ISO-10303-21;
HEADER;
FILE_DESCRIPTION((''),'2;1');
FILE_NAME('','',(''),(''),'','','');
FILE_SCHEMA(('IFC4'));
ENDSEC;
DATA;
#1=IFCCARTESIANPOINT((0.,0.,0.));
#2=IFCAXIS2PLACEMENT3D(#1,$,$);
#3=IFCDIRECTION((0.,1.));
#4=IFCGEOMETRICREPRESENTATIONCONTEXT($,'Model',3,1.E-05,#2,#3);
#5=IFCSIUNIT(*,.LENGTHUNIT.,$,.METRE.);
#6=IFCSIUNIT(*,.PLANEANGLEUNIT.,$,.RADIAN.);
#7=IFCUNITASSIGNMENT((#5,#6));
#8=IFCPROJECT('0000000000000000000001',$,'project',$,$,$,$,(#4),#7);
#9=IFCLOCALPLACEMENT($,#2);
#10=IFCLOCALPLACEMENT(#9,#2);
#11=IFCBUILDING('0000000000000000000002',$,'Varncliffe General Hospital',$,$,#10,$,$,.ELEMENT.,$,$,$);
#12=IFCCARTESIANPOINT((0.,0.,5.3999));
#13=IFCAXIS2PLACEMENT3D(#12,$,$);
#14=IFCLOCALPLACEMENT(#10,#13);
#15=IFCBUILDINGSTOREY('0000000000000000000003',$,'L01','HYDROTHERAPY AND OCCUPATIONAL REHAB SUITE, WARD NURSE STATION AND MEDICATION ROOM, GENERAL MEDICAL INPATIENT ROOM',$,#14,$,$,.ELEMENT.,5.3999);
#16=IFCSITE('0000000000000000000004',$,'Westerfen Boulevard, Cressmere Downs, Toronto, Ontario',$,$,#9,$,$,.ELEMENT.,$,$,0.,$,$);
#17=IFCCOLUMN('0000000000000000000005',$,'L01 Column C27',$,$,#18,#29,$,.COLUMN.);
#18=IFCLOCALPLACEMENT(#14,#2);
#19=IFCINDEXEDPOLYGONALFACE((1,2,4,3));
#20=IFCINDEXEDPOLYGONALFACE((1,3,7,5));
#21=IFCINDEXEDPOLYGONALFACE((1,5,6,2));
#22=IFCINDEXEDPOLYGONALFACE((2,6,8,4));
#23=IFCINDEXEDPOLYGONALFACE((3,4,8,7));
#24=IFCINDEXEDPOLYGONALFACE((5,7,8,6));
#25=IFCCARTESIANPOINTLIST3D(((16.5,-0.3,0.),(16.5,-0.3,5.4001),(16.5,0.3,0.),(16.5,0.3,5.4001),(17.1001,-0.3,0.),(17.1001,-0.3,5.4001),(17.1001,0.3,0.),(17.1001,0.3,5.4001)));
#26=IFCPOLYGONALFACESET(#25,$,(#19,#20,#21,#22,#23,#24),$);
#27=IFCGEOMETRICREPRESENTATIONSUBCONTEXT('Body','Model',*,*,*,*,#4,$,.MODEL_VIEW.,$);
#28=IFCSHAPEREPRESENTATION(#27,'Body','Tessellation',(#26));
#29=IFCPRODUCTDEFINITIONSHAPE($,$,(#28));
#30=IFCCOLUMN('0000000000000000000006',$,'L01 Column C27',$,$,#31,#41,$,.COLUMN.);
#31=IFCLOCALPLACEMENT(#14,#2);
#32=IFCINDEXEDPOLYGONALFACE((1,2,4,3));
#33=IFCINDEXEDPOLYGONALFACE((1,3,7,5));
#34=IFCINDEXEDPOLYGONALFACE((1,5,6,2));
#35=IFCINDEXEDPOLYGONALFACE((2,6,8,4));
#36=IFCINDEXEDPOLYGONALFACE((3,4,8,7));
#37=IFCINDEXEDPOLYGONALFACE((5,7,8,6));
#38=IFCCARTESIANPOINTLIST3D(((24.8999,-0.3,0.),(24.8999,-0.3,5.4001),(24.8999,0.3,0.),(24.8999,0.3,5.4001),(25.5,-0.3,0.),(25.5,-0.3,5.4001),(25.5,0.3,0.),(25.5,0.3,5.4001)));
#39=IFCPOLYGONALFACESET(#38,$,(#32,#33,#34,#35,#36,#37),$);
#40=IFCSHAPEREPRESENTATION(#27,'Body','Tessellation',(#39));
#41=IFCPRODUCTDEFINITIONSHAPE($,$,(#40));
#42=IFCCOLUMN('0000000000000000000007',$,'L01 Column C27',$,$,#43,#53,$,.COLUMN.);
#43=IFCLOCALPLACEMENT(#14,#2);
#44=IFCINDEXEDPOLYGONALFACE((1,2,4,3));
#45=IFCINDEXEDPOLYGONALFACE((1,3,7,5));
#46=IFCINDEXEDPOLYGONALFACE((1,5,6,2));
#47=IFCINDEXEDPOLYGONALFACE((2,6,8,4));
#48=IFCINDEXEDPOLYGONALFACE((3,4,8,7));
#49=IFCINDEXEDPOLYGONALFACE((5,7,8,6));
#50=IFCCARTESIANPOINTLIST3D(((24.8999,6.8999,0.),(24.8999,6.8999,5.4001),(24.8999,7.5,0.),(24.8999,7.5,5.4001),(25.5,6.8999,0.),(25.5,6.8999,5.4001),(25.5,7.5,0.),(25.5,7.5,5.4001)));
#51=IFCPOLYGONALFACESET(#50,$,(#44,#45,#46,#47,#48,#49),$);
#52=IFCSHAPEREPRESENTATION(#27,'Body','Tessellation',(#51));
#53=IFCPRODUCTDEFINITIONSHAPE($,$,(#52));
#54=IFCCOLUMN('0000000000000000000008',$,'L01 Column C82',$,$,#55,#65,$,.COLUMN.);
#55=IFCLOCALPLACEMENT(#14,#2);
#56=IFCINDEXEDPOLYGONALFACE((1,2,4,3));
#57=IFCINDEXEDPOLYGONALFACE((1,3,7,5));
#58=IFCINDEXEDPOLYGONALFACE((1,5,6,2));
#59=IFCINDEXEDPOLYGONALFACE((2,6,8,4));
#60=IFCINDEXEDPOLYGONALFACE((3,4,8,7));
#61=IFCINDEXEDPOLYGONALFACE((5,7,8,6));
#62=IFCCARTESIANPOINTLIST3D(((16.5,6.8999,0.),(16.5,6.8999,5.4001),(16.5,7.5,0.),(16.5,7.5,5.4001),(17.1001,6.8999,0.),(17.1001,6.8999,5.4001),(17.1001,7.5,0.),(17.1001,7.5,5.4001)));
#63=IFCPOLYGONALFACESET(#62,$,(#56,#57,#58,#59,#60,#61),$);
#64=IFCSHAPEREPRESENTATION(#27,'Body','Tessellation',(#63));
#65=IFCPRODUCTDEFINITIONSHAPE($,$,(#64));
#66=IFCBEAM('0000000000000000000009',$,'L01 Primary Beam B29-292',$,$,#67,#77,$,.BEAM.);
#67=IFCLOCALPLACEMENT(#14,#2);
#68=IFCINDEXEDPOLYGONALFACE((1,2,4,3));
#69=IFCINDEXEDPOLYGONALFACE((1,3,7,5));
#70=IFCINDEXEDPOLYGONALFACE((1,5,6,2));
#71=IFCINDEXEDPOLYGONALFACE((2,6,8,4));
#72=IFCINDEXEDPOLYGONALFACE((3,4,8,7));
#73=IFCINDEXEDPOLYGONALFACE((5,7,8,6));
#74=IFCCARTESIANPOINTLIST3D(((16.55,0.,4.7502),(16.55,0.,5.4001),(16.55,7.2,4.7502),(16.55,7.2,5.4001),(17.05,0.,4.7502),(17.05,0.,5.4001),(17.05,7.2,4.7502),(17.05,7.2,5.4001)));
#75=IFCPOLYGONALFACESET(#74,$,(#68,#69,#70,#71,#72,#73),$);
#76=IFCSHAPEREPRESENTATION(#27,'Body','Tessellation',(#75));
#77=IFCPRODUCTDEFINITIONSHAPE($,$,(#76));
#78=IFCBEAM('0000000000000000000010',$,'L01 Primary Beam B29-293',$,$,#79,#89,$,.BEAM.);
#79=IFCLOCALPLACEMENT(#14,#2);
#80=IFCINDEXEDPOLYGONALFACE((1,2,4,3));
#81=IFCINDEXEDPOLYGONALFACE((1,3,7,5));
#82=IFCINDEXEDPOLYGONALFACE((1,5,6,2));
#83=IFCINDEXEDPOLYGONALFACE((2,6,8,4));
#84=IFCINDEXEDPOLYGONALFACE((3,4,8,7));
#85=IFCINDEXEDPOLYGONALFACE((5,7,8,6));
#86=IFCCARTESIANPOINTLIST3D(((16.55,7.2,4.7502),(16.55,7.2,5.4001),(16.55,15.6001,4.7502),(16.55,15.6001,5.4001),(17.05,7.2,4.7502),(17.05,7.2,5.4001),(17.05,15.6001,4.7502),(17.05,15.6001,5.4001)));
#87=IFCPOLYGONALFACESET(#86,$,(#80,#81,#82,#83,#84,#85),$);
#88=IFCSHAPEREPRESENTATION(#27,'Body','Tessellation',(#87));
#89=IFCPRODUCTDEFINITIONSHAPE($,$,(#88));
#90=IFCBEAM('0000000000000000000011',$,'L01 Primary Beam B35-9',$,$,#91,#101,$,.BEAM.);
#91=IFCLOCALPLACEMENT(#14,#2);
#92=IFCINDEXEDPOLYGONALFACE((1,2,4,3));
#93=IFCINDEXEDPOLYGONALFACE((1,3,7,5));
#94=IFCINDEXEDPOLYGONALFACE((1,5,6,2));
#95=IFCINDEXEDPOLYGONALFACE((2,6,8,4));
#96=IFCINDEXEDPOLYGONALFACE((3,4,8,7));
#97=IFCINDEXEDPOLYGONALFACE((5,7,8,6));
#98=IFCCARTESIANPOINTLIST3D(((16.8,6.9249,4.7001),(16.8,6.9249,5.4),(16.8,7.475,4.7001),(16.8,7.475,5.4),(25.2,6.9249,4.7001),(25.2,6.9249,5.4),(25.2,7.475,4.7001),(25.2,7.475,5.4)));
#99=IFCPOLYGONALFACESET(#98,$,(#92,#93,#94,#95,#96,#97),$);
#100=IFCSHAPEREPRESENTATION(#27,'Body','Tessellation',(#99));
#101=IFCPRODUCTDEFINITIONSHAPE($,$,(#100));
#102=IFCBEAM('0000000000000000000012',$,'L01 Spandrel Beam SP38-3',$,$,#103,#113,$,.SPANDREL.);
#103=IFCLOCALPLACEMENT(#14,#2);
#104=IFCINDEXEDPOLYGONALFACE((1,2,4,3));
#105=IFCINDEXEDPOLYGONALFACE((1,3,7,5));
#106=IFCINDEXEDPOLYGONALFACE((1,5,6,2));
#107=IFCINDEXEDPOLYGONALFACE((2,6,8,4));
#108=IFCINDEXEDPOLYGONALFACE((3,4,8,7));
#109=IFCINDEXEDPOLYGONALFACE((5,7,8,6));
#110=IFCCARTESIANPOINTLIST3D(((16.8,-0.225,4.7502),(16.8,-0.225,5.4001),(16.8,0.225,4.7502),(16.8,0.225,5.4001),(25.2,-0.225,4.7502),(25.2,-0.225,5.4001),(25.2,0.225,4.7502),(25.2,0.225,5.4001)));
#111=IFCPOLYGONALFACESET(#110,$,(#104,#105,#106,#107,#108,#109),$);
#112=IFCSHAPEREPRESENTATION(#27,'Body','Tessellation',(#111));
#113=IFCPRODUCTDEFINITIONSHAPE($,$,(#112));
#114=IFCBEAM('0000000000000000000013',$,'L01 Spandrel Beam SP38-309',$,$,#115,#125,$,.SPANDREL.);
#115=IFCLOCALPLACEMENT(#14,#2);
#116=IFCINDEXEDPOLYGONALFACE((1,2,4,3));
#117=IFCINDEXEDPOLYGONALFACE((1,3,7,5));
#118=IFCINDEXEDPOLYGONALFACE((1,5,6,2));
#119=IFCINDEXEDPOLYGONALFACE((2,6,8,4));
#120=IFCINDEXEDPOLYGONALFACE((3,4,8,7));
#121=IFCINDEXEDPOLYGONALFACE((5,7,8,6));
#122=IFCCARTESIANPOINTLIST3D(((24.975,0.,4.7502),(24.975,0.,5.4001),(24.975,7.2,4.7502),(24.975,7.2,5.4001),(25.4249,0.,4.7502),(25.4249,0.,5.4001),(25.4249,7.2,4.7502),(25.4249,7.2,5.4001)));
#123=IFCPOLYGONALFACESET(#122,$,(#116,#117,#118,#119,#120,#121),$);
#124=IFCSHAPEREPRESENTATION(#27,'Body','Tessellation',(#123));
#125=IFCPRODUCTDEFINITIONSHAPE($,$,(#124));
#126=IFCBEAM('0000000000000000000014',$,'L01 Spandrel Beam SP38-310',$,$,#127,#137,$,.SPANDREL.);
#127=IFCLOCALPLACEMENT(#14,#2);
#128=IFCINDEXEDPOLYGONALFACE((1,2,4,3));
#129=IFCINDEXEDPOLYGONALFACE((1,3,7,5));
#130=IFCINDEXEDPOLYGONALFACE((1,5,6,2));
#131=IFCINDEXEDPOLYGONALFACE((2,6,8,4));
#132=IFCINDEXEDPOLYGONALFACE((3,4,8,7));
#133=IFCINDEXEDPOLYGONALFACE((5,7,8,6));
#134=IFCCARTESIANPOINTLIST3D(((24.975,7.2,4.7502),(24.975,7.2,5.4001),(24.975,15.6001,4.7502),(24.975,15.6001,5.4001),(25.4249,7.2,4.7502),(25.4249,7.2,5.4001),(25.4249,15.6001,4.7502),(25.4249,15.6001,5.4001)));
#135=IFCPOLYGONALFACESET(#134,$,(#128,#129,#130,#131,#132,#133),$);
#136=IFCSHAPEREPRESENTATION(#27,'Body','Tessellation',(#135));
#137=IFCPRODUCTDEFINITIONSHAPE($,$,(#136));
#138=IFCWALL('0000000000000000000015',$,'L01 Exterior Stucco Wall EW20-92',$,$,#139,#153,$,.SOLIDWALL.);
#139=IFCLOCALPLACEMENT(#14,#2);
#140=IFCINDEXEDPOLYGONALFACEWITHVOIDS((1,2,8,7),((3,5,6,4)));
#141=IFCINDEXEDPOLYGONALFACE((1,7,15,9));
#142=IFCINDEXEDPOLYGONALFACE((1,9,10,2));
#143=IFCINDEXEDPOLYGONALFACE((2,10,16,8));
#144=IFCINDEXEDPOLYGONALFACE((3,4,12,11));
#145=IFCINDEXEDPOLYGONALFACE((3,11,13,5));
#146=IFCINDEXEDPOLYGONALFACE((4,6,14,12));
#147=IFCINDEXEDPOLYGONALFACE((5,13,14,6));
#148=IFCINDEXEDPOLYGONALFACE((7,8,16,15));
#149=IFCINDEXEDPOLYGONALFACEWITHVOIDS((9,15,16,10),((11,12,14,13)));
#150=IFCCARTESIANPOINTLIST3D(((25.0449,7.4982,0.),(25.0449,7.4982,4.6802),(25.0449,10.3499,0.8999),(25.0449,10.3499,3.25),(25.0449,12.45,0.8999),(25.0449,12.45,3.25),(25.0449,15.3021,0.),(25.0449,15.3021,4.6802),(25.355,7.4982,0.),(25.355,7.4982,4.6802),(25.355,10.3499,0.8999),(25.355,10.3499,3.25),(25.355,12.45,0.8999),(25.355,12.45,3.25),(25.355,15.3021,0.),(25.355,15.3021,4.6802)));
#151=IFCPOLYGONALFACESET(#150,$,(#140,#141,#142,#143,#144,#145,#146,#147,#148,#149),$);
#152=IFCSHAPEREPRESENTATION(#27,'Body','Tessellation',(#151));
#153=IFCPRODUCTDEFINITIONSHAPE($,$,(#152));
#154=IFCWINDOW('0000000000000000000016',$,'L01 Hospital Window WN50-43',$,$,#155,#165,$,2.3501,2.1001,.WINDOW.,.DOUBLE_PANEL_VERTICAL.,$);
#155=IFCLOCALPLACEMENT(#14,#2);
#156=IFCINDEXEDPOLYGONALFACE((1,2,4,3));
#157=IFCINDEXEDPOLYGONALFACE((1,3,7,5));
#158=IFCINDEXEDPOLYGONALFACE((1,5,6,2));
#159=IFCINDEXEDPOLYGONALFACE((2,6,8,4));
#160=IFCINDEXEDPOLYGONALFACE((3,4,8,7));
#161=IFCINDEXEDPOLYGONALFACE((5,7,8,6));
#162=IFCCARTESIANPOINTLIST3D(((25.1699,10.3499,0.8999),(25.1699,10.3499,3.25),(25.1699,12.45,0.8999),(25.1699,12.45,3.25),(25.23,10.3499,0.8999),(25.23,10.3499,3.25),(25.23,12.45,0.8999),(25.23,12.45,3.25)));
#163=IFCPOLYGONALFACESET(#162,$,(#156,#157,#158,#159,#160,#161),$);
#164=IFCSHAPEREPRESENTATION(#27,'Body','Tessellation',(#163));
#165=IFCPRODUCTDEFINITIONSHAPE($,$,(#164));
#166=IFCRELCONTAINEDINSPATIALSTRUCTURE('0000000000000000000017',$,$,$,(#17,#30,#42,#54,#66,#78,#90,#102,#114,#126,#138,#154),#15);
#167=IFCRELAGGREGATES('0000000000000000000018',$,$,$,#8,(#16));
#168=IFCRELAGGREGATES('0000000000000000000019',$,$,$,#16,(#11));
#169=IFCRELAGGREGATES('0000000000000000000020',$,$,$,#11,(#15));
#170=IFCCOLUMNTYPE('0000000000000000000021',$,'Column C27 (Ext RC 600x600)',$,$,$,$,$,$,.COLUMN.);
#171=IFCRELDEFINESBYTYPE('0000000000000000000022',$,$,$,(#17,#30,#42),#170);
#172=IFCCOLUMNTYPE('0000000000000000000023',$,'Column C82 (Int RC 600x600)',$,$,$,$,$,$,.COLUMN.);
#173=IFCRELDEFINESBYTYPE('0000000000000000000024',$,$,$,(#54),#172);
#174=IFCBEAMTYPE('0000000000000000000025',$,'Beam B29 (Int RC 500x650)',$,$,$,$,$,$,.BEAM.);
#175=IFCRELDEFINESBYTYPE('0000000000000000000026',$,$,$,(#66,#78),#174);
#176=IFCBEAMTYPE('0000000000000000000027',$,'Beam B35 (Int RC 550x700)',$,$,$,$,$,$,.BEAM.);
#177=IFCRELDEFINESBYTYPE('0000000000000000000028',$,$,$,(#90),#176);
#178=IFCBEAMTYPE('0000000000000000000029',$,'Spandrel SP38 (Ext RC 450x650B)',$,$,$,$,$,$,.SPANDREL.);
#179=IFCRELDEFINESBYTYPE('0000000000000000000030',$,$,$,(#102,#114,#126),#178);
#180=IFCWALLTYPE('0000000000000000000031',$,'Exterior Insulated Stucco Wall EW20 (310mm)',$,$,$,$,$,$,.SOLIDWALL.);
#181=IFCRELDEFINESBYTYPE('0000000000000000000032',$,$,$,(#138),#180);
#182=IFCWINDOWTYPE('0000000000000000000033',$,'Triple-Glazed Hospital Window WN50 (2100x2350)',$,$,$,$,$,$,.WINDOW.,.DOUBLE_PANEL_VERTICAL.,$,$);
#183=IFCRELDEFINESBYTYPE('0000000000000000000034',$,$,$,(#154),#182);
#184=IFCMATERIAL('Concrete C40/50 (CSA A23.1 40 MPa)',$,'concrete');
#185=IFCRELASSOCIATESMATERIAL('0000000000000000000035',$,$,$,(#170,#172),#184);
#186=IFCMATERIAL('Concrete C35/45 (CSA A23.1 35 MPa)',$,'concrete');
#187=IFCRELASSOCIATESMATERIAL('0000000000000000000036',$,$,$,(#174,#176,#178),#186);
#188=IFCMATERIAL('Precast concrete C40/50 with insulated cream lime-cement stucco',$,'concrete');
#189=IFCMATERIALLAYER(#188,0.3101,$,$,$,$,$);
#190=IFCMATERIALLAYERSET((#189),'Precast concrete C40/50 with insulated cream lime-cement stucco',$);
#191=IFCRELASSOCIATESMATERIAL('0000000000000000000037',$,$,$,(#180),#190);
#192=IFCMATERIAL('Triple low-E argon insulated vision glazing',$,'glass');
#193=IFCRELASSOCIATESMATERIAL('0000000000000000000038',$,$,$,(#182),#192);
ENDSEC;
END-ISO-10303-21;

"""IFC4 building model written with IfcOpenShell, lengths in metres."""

from ifc_helpers import new_model, si_unit, direction, frame, frame_2d, origin, origin_2d, place, context, subcontext, project, spatial, rectangle, extrude, material, layer, layer_set, material_profile, profile_set, type_object, element, fill, save


model = new_model("IFC4")

# Units and contexts
model_context = context("Model", 3, precision=1e-05, world=origin(), true_north=direction((0.0, 1.0)))
body_context = subcontext(model_context, "Body", "Model", "MODEL_VIEW")
ifc_project = project(units=[si_unit("LENGTHUNIT", "METRE"), si_unit("PLANEANGLEUNIT", "RADIAN")], contexts=[model_context])

# Site, building, storey
site_placement = place(None, origin())
site = spatial("IfcSite", under=ifc_project, at=site_placement, Name="Westerfen Boulevard, Cressmere Downs, Toronto, Ontario", CompositionType="ELEMENT", RefElevation=0.0)
building_placement = place(site_placement, origin())
building = spatial("IfcBuilding", under=site, at=building_placement, Name="Varncliffe General Hospital", CompositionType="ELEMENT")
storey_placement = place(building_placement, frame((0.0, 0.0, 5.3999)))
storey = spatial("IfcBuildingStorey", under=building, at=storey_placement, Name="L01", Description="HYDROTHERAPY AND OCCUPATIONAL REHAB SUITE, WARD NURSE STATION AND MEDICATION ROOM, GENERAL MEDICAL INPATIENT ROOM", CompositionType="ELEMENT", Elevation=5.3999)

# Columns
ifc_material_1 = material(Name="Concrete C40/50 (CSA A23.1 40 MPa)", Category="concrete")
ifc_material_profile_1 = material_profile(ifc_material_1, rectangle(XDim=0.6001, YDim=0.6001, at=origin_2d()), Name="RC 600x600")
ifc_profile_set_1 = profile_set([ifc_material_profile_1], Name="Concrete C40/50 (CSA A23.1 40 MPa)")
column_type_1 = type_object("IfcColumnType", Name="Column C27 (Ext RC 600x600)", PredefinedType="COLUMN", material=ifc_profile_set_1)
for number, where, z_axis, x_axis, name in (
    (1, (16.8, 0.0, 0.0), (0.0, 0.0, 1.0), (1.0, 0.0, 0.0), "L01 Column C27"),
    (2, (25.2, 0.0, 0.0), (0.0, 0.0, 1.0), (1.0, 0.0, 0.0), "L01 Column C27"),
    (3, (25.2, 7.2, 0.0), (0.0, 0.0, 1.0), (1.0, 0.0, 0.0), "L01 Column C27"),
):
    element("IfcColumn", number, at=place(storey_placement, frame(where, z_axis=z_axis, x_axis=x_axis)), inside=storey, type_object=column_type_1, Name=name, PredefinedType="COLUMN", context=body_context, shape_type="SweptSolid", body=[
        extrude(rectangle(XDim=0.6001, YDim=0.6001, at=origin_2d()), origin(), (0.0, 0.0, 1.0), 5.4001),
    ])
ifc_material_profile_2 = material_profile(ifc_material_1, rectangle(XDim=0.6001, YDim=0.6001, at=origin_2d()), Name="RC 600x600")
ifc_profile_set_2 = profile_set([ifc_material_profile_2], Name="Concrete C40/50 (CSA A23.1 40 MPa)")
column_type_2 = type_object("IfcColumnType", Name="Column C82 (Int RC 600x600)", PredefinedType="COLUMN", material=ifc_profile_set_2)
column_placement = place(storey_placement, frame((16.8, 7.2, 0.0), z_axis=(0.0, 0.0, 1.0), x_axis=(1.0, 0.0, 0.0)))
element("IfcColumn", 4, at=column_placement, inside=storey, type_object=column_type_2, Name="L01 Column C82", PredefinedType="COLUMN", context=body_context, shape_type="SweptSolid", body=[
    extrude(rectangle(XDim=0.6001, YDim=0.6001, at=origin_2d()), origin(), (0.0, 0.0, 1.0), 5.4001),
])

# Beams
ifc_material_2 = material(Name="Concrete C35/45 (CSA A23.1 35 MPa)", Category="concrete")
ifc_material_profile_3 = material_profile(ifc_material_2, rectangle(XDim=0.5, YDim=0.6499, at=origin_2d()), Name="RC 500x650")
ifc_profile_set_3 = profile_set([ifc_material_profile_3], Name="Concrete C35/45 (CSA A23.1 35 MPa)")
beam_type_1 = type_object("IfcBeamType", Name="Beam B29 (Int RC 500x650)", PredefinedType="BEAM", material=ifc_profile_set_3)
beam_1_placement = place(storey_placement, frame((16.8, 0.0, 5.0752), z_axis=(0.0, 1.0, 0.0), x_axis=(-1.0, 0.0, 0.0)))
element("IfcBeam", 5, at=beam_1_placement, inside=storey, type_object=beam_type_1, Name="L01 Primary Beam B29-292", PredefinedType="BEAM", context=body_context, shape_type="SweptSolid", body=[
    extrude(rectangle(XDim=0.5, YDim=0.6499, at=origin_2d()), origin(), (0.0, 0.0, 1.0), 7.2),
])
beam_2_placement = place(storey_placement, frame((16.8, 7.2, 5.0752), z_axis=(0.0, 1.0, 0.0), x_axis=(-1.0, 0.0, 0.0)))
element("IfcBeam", 6, at=beam_2_placement, inside=storey, type_object=beam_type_1, Name="L01 Primary Beam B29-293", PredefinedType="BEAM", context=body_context, shape_type="SweptSolid", body=[
    extrude(rectangle(XDim=0.5, YDim=0.6499, at=origin_2d()), origin(), (0.0, 0.0, 1.0), 8.4001),
])
ifc_material_profile_4 = material_profile(ifc_material_2, rectangle(XDim=0.55, YDim=0.7, at=origin_2d()), Name="RC 550x700")
ifc_profile_set_4 = profile_set([ifc_material_profile_4], Name="Concrete C35/45 (CSA A23.1 35 MPa)")
beam_type_2 = type_object("IfcBeamType", Name="Beam B35 (Int RC 550x700)", PredefinedType="BEAM", material=ifc_profile_set_4)
beam_3_placement = place(storey_placement, frame((16.8, 7.2, 5.05), z_axis=(1.0, 0.0, 0.0), x_axis=(0.0, 1.0, 0.0)))
element("IfcBeam", 7, at=beam_3_placement, inside=storey, type_object=beam_type_2, Name="L01 Primary Beam B35-9", PredefinedType="BEAM", context=body_context, shape_type="SweptSolid", body=[
    extrude(rectangle(XDim=0.55, YDim=0.7, at=origin_2d()), origin(), (0.0, 0.0, 1.0), 8.3999),
])
ifc_material_profile_5 = material_profile(ifc_material_2, rectangle(XDim=0.45, YDim=0.6499, at=origin_2d()), Name="RC 450x650")
ifc_profile_set_5 = profile_set([ifc_material_profile_5], Name="Concrete C35/45 (CSA A23.1 35 MPa)")
beam_type_3 = type_object("IfcBeamType", Name="Spandrel SP38 (Ext RC 450x650B)", PredefinedType="SPANDREL", material=ifc_profile_set_5)
beam_4_placement = place(storey_placement, frame((16.8, 0.0, 5.0752), z_axis=(1.0, 0.0, 0.0), x_axis=(0.0, 1.0, 0.0)))
element("IfcBeam", 8, at=beam_4_placement, inside=storey, type_object=beam_type_3, Name="L01 Spandrel Beam SP38-3", PredefinedType="SPANDREL", context=body_context, shape_type="SweptSolid", body=[
    extrude(rectangle(XDim=0.45, YDim=0.6499, at=origin_2d()), origin(), (0.0, 0.0, 1.0), 8.3999),
])
beam_5_placement = place(storey_placement, frame((25.2, 0.0, 5.0752), z_axis=(0.0, 1.0, 0.0), x_axis=(-1.0, 0.0, 0.0)))
element("IfcBeam", 9, at=beam_5_placement, inside=storey, type_object=beam_type_3, Name="L01 Spandrel Beam SP38-309", PredefinedType="SPANDREL", context=body_context, shape_type="SweptSolid", body=[
    extrude(rectangle(XDim=0.45, YDim=0.6499, at=origin_2d()), origin(), (0.0, 0.0, 1.0), 7.2),
])
beam_6_placement = place(storey_placement, frame((25.2, 7.2, 5.0752), z_axis=(0.0, 1.0, 0.0), x_axis=(-1.0, 0.0, 0.0)))
element("IfcBeam", 10, at=beam_6_placement, inside=storey, type_object=beam_type_3, Name="L01 Spandrel Beam SP38-310", PredefinedType="SPANDREL", context=body_context, shape_type="SweptSolid", body=[
    extrude(rectangle(XDim=0.45, YDim=0.6499, at=origin_2d()), origin(), (0.0, 0.0, 1.0), 8.4001),
])

# Wall, opening, window
ifc_material_3 = material(Name="Precast concrete C40/50 with insulated cream lime-cement stucco", Category="concrete")
ifc_layer_1 = layer(ifc_material_3, 0.3101)
ifc_layer_set_1 = layer_set([ifc_layer_1], Name="Precast concrete C40/50 with insulated cream lime-cement stucco")
wall_type_1 = type_object("IfcWallType", Name="Exterior Insulated Stucco Wall EW20 (310mm)", PredefinedType="SOLIDWALL", material=ifc_layer_set_1)
wall_1_placement = place(storey_placement, frame((25.2, 15.302, 0.0), z_axis=(0.0, 0.0, 1.0), x_axis=(0.0, -1.0, 0.0)))
wall_1 = element("IfcWall", 11, at=wall_1_placement, inside=storey, type_object=wall_type_1, Name="L01 Exterior Stucco Wall EW20-92", PredefinedType="SOLIDWALL", context=body_context, shape_type="SweptSolid", body=[
    extrude(rectangle(XDim=7.804, YDim=0.3101, at=frame_2d((3.9019, 0.0))), origin(), (0.0, 0.0, 1.0), 4.6802),
])
opening_1_placement = place(wall_1_placement, frame((2.8521, 0.0, 0.8999)))
opening_1 = element("IfcOpeningElement", 12, at=opening_1_placement, cuts=wall_1, PredefinedType="OPENING", context=body_context, shape_type="SweptSolid", body=[
    extrude(rectangle(XDim=2.1001, YDim=2.3501, at=frame_2d((1.05, 1.175))), frame((0.0, 0.165, 0.0), z_axis=(0.0, -1.0, 0.0), x_axis=(1.0, 0.0, 0.0)), (0.0, 0.0, 1.0), 0.3301),
])
ifc_material_4 = material(Name="Triple low-E argon insulated vision glazing", Category="glass")
window_type_1 = type_object("IfcWindowType", Name="Triple-Glazed Hospital Window WN50 (2100x2350)", PartitioningType="DOUBLE_PANEL_VERTICAL", PredefinedType="WINDOW", material=ifc_material_4)
window_1_placement = place(opening_1_placement, origin())
window_1 = element("IfcWindow", 13, at=window_1_placement, inside=storey, type_object=window_type_1, Name="L01 Hospital Window WN50-43", OverallHeight=2.3501, OverallWidth=2.1001, PartitioningType="DOUBLE_PANEL_VERTICAL", PredefinedType="WINDOW", context=body_context, shape_type="SweptSolid", body=[
    extrude(rectangle(XDim=2.1001, YDim=2.3501, at=frame_2d((1.05, 1.175))), frame((0.0, 0.03, 0.0), z_axis=(0.0, -1.0, 0.0), x_axis=(1.0, 0.0, 0.0)), (0.0, 0.0, 1.0), 0.0601),
])
fill(opening_1, window_1)

save(model, "model.ifc")
